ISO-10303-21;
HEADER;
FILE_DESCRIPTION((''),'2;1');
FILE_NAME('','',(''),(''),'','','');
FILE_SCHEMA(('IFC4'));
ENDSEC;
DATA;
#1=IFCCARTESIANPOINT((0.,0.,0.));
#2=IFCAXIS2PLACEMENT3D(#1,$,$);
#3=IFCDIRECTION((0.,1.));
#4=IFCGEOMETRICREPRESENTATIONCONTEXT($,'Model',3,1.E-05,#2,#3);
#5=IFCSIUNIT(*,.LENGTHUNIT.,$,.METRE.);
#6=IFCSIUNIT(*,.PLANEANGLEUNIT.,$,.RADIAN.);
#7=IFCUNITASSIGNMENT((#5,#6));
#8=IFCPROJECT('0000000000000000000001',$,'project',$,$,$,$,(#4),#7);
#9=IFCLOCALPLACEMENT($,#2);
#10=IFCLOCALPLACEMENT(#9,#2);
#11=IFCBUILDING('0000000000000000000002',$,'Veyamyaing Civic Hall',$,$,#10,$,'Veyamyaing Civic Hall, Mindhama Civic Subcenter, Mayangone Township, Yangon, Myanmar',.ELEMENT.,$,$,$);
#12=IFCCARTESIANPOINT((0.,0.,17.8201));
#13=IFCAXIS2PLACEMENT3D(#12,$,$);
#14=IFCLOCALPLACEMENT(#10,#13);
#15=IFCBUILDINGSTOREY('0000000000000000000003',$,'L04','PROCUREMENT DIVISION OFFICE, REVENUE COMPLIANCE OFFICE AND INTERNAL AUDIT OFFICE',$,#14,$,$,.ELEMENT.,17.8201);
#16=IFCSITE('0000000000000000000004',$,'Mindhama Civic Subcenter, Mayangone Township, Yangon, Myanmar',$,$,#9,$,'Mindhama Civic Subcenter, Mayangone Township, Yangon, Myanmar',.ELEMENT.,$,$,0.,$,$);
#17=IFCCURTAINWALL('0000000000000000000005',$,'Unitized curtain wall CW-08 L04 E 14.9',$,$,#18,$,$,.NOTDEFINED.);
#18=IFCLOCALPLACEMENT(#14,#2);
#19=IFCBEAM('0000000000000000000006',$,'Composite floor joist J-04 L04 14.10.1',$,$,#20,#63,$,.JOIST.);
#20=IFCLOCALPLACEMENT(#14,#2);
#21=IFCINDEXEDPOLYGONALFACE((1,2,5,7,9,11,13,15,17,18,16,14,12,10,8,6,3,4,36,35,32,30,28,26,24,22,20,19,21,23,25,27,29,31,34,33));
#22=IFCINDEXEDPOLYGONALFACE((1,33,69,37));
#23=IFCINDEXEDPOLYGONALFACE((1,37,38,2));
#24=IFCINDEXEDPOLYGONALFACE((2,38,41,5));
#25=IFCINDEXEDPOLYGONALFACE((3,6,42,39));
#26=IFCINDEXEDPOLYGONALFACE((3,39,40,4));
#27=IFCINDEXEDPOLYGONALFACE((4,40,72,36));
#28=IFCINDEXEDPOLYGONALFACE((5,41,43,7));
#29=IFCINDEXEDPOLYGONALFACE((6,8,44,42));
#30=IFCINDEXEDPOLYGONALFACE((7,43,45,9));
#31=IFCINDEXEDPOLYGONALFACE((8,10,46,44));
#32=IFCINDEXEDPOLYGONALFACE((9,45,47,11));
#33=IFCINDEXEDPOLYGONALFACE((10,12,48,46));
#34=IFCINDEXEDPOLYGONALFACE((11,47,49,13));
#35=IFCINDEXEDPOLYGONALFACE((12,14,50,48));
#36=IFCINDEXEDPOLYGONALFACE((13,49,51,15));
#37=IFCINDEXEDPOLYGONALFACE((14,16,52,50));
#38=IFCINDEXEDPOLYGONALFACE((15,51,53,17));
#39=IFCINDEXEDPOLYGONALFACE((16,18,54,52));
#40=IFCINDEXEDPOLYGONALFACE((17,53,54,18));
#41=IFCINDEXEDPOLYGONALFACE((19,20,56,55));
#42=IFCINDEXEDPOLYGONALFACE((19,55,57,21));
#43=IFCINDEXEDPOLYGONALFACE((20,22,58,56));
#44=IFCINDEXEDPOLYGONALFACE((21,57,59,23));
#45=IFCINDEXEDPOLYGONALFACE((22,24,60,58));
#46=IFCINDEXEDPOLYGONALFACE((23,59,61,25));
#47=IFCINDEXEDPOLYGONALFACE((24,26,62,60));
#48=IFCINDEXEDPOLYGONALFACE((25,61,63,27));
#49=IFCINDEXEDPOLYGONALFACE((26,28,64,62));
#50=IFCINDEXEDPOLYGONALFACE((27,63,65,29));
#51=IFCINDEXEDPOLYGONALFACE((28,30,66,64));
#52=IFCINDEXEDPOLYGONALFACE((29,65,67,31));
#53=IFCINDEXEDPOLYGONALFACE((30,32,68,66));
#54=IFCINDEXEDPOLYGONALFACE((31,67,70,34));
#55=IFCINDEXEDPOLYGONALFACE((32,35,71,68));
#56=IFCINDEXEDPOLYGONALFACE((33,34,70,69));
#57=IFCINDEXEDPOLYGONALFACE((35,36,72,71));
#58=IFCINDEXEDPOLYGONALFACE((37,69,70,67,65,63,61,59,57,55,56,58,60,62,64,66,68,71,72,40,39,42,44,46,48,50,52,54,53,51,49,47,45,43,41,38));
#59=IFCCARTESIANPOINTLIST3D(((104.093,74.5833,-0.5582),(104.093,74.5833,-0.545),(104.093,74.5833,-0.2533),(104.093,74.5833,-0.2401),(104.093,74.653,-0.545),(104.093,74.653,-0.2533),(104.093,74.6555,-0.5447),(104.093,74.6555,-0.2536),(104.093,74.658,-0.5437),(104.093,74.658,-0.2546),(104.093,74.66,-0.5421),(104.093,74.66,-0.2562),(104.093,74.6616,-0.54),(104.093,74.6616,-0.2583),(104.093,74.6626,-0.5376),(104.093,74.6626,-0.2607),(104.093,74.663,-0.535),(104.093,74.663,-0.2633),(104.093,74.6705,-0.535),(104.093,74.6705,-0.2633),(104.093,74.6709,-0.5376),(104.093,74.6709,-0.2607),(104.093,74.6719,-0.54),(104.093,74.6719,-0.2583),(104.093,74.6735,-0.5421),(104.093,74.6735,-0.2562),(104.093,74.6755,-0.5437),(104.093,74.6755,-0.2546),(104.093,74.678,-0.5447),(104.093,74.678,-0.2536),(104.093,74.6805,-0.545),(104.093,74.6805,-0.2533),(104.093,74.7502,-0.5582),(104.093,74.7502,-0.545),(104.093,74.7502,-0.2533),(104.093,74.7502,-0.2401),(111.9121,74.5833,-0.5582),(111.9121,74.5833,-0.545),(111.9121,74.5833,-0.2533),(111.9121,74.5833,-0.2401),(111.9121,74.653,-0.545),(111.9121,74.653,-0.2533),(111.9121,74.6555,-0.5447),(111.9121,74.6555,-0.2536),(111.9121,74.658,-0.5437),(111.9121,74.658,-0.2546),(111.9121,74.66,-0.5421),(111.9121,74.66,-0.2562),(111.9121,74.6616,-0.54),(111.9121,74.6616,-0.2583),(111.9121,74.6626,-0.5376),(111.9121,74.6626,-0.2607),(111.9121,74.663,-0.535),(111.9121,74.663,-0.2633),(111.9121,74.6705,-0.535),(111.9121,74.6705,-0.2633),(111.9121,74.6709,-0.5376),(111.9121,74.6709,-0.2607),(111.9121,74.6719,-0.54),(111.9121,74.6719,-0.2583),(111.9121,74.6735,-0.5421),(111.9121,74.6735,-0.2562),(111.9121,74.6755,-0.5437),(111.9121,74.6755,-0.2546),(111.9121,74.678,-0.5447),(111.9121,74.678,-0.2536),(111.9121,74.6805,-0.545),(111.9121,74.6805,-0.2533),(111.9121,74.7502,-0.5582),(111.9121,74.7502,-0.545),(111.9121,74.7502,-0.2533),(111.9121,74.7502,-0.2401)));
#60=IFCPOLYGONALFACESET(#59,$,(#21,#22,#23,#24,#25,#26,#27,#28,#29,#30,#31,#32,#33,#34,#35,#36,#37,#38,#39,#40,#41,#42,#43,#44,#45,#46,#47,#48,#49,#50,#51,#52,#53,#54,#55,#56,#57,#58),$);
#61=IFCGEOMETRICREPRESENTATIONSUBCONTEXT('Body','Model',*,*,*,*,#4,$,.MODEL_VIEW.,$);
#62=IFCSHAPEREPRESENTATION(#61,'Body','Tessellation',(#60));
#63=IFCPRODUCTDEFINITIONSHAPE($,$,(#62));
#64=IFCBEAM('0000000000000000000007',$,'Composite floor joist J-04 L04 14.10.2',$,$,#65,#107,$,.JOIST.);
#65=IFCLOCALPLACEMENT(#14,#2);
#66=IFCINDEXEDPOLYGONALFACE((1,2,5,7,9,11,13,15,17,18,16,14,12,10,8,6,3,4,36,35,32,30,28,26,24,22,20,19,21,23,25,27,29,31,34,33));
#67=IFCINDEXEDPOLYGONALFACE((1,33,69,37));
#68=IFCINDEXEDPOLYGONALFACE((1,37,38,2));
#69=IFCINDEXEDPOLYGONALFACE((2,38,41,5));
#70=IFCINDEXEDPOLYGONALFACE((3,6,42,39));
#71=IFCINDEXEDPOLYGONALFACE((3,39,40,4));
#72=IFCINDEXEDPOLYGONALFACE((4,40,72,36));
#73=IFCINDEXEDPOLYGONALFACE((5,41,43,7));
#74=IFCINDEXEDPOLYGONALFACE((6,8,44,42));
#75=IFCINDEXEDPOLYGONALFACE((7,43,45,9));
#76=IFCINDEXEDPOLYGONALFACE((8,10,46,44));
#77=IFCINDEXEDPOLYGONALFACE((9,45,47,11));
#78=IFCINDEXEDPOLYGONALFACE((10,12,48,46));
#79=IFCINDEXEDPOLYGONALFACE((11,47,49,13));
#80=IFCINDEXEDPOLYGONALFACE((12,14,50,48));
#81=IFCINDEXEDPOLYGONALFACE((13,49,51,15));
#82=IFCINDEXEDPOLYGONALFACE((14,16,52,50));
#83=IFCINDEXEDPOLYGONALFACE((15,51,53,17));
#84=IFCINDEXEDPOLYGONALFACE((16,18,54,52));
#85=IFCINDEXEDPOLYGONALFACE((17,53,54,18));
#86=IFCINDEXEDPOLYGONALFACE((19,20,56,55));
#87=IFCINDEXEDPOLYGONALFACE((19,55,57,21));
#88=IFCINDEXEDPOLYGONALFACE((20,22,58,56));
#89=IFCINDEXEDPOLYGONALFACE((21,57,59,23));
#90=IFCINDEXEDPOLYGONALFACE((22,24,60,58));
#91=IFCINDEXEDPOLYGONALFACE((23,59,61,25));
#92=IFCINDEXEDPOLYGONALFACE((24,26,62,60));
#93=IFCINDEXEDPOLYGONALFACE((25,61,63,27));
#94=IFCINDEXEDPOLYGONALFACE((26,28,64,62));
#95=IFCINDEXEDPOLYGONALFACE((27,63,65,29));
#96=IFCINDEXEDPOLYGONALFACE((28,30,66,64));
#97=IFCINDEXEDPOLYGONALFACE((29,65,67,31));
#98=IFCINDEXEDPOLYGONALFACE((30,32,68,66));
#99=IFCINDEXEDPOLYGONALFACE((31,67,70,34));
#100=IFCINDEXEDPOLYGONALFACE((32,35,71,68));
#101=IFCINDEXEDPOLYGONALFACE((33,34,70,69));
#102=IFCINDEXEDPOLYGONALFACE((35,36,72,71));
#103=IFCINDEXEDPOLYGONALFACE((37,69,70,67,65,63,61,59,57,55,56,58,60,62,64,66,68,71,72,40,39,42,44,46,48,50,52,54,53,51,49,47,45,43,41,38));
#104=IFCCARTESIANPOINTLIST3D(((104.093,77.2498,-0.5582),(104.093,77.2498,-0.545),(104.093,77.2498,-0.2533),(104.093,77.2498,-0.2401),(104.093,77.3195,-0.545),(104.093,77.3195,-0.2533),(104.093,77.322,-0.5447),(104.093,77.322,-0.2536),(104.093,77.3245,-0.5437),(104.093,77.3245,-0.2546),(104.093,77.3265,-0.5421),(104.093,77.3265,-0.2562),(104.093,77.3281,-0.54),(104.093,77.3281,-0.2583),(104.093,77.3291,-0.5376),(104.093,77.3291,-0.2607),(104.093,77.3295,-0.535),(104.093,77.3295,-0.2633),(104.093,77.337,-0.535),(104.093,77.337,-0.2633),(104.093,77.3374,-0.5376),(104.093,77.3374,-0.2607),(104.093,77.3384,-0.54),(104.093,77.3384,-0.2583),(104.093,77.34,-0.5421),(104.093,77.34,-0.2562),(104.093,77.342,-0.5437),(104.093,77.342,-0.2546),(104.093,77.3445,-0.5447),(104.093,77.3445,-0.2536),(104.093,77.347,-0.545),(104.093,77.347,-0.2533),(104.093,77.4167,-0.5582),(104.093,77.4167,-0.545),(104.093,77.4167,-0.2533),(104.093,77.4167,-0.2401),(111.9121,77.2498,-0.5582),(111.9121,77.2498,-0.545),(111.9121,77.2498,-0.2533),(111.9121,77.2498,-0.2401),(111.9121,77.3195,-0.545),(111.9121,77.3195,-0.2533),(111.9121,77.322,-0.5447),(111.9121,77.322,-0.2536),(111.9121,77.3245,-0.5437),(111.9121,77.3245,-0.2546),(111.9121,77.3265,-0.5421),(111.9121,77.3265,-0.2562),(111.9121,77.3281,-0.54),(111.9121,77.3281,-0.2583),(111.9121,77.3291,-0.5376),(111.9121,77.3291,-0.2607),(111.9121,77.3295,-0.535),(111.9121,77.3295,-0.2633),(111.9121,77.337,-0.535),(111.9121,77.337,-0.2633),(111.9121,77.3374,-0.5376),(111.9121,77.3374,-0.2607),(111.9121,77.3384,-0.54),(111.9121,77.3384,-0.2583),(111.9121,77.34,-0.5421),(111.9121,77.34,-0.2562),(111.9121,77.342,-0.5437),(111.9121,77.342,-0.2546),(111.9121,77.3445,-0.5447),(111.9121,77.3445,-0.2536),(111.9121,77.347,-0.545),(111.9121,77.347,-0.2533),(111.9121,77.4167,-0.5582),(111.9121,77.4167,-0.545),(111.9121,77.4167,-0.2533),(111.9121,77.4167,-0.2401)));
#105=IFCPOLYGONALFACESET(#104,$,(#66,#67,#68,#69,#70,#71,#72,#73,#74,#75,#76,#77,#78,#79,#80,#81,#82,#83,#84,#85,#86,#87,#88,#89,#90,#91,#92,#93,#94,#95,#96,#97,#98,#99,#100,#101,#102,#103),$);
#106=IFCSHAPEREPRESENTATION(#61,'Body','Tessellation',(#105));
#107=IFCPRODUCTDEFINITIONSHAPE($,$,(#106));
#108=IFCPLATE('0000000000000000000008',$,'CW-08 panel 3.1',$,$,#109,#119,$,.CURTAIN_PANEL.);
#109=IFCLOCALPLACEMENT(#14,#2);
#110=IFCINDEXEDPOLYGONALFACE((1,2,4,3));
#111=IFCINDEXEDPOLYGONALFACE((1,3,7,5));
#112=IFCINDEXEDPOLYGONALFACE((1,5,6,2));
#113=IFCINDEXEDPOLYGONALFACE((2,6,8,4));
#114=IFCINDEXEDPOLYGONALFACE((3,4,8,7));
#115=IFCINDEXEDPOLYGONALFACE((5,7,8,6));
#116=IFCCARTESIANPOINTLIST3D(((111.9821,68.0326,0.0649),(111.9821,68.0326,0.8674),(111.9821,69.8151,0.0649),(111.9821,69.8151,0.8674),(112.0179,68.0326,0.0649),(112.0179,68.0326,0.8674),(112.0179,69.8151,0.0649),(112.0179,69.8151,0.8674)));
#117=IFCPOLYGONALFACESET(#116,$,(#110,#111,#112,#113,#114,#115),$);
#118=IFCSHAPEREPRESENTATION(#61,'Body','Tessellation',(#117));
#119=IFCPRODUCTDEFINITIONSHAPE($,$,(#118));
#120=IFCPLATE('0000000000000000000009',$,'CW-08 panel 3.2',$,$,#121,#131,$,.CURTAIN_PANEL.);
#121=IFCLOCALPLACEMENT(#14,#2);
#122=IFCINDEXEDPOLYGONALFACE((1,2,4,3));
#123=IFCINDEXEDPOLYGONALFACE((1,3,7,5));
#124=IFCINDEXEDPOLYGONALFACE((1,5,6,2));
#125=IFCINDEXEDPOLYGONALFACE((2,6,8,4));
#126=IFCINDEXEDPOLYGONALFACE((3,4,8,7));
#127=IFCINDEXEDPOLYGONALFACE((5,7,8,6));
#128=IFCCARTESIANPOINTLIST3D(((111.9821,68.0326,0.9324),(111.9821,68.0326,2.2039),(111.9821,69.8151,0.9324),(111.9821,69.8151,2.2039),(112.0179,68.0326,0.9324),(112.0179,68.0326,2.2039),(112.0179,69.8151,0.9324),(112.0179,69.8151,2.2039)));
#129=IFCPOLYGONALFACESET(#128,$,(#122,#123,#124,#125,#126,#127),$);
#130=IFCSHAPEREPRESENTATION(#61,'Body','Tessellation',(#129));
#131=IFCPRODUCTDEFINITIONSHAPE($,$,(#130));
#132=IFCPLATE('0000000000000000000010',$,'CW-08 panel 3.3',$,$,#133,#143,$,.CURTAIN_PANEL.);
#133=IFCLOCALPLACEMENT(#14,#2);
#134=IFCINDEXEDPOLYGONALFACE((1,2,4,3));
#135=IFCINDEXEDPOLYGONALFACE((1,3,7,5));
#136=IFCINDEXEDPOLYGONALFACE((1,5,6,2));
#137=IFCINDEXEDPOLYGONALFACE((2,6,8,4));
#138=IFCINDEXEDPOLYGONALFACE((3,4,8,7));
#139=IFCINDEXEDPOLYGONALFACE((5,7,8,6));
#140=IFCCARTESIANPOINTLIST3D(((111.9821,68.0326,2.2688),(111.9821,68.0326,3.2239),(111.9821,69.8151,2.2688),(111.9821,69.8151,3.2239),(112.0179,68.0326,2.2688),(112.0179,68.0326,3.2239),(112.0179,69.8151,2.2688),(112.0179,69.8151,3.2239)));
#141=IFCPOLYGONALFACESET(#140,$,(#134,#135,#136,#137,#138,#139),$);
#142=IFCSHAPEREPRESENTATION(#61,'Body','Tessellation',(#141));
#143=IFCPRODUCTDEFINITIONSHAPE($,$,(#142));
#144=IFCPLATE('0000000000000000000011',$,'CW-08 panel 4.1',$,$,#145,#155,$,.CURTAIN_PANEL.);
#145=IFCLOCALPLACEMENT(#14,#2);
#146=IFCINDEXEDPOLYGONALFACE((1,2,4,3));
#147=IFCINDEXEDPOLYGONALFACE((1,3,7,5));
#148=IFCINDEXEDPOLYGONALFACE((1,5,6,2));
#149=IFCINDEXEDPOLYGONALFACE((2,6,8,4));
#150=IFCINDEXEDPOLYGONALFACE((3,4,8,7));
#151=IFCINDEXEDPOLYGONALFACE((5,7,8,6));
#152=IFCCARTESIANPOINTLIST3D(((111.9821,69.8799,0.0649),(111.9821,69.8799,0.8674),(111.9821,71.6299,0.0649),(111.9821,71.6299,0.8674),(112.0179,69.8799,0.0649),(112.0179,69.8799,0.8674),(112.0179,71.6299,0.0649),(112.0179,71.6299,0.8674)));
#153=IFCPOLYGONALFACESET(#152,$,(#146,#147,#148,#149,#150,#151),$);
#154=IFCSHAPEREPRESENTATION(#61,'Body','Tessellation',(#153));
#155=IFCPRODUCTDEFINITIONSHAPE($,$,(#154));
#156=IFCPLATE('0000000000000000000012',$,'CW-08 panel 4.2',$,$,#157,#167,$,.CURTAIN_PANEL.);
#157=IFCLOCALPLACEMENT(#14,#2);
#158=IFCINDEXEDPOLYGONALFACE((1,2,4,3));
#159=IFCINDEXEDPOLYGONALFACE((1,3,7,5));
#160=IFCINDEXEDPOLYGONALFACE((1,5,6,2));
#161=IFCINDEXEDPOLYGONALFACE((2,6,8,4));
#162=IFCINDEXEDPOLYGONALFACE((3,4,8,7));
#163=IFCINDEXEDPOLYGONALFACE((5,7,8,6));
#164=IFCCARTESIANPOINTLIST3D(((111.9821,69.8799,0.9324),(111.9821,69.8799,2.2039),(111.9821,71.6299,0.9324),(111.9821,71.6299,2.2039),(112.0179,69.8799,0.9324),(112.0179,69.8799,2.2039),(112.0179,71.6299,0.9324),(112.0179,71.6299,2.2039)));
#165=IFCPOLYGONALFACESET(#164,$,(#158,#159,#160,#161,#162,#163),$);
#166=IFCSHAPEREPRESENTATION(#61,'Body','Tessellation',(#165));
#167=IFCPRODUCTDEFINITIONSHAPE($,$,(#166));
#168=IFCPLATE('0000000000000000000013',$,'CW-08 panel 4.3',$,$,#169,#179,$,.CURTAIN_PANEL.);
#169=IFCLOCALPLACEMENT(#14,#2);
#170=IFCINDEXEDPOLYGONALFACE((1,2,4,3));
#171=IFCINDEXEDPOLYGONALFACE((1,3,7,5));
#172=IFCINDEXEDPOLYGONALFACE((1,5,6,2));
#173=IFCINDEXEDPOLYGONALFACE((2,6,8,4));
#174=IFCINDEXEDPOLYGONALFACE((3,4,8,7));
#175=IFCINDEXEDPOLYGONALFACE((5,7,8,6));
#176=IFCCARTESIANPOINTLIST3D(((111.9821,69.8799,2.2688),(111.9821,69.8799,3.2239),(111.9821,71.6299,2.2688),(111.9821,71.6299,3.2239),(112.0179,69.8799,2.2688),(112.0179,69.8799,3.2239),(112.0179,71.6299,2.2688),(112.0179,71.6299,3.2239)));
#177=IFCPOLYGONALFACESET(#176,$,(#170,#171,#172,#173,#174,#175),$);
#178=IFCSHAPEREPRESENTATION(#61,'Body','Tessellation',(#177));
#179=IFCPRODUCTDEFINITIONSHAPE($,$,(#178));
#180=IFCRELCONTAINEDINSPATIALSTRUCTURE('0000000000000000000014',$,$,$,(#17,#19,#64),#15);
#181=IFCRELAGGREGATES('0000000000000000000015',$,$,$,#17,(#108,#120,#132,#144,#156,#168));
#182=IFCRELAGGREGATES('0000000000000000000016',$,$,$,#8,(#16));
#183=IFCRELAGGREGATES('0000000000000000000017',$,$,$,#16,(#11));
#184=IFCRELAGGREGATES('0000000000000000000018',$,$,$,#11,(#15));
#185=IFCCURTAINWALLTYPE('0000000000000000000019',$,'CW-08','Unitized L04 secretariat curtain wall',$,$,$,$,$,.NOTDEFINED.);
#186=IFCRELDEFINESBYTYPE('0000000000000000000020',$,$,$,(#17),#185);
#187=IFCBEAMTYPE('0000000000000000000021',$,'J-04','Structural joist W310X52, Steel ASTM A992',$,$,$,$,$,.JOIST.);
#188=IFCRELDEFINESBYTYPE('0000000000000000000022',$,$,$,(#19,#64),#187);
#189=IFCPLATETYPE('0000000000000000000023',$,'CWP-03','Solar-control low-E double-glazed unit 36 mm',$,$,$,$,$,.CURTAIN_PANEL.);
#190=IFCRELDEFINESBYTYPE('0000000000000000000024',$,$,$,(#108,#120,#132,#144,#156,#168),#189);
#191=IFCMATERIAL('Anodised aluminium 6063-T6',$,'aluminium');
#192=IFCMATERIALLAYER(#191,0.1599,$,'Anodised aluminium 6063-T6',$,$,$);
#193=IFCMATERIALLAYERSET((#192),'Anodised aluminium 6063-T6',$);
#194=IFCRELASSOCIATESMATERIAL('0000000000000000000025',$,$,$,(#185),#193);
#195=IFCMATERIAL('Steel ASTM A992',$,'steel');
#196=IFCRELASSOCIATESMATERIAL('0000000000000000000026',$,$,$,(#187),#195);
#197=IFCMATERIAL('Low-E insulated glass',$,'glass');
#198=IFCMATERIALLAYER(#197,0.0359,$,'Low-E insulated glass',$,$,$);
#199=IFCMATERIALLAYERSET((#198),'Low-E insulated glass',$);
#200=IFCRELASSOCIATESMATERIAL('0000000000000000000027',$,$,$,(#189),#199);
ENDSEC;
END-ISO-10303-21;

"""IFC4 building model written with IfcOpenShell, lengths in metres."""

from ifc_helpers import new_model, si_unit, direction, frame, origin, origin_2d, place, context, subcontext, project, spatial, rectangle, i_section, extrude, material, layer, layer_set, material_profile, profile_set, type_object, element, aggregate, save


model = new_model("IFC4")

# Units and contexts
model_context = context("Model", 3, precision=1e-05, world=origin(), true_north=direction((0.0, 1.0)))
body_context = subcontext(model_context, "Body", "Model", "MODEL_VIEW")
ifc_project = project(units=[si_unit("LENGTHUNIT", "METRE"), si_unit("PLANEANGLEUNIT", "RADIAN")], contexts=[model_context])

# Site, building, storey
site_placement = place(None, origin())
site = spatial("IfcSite", under=ifc_project, at=site_placement, Name="Mindhama Civic Subcenter, Mayangone Township, Yangon, Myanmar", LongName="Mindhama Civic Subcenter, Mayangone Township, Yangon, Myanmar", CompositionType="ELEMENT", RefElevation=0.0)
building_placement = place(site_placement, origin())
building = spatial("IfcBuilding", under=site, at=building_placement, Name="Veyamyaing Civic Hall", LongName="Veyamyaing Civic Hall, Mindhama Civic Subcenter, Mayangone Township, Yangon, Myanmar", CompositionType="ELEMENT")
storey_placement = place(building_placement, frame((0.0, 0.0, 17.8201)))
storey = spatial("IfcBuildingStorey", under=building, at=storey_placement, Name="L04", Description="PROCUREMENT DIVISION OFFICE, REVENUE COMPLIANCE OFFICE AND INTERNAL AUDIT OFFICE", CompositionType="ELEMENT", Elevation=17.8201)

# Shared definitions
ifc_material_1 = material(Name="Steel ASTM A992", Category="steel")

# Curtain wall
ifc_material_2 = material(Name="Anodised aluminium 6063-T6", Category="aluminium")
ifc_layer_1 = layer(ifc_material_2, 0.1599, Name="Anodised aluminium 6063-T6")
ifc_layer_set_1 = layer_set([ifc_layer_1], Name="Anodised aluminium 6063-T6")
curtain_wall_type = type_object("IfcCurtainWallType", Name="CW-08", Description="Unitized L04 secretariat curtain wall", PredefinedType="NOTDEFINED", material=ifc_layer_set_1)
curtain_wall_placement = place(storey_placement, origin())
curtain_wall = element("IfcCurtainWall", 1, at=curtain_wall_placement, inside=storey, type_object=curtain_wall_type, Name="Unitized curtain wall CW-08 L04 E 14.9", PredefinedType="NOTDEFINED")

# Beams
ifc_material_profile_1 = material_profile(ifc_material_1, i_section(OverallWidth=0.167, OverallDepth=0.3181, WebThickness=0.0076, FlangeThickness=0.0132, FilletRadius=0.01, at=origin_2d()), Name="W310X52")
ifc_profile_set_1 = profile_set([ifc_material_profile_1], Name="Steel ASTM A992")
beam_type_1 = type_object("IfcBeamType", Name="J-04", Description="Structural joist W310X52, Steel ASTM A992", PredefinedType="JOIST", material=ifc_profile_set_1)
for number, where, z_axis, x_axis, name in (
    (2, (104.093, 74.6667, -0.3992), (1.0, 0.0, 0.0), (0.0, 1.0, 0.0), "Composite floor joist J-04 L04 14.10.1"),
    (3, (104.093, 77.3333, -0.3992), (1.0, 0.0, 0.0), (0.0, 1.0, 0.0), "Composite floor joist J-04 L04 14.10.2"),
):
    element("IfcBeam", number, at=place(storey_placement, frame(where, z_axis=z_axis, x_axis=x_axis)), inside=storey, type_object=beam_type_1, Name=name, PredefinedType="JOIST", context=body_context, shape_type="SweptSolid", body=[
        extrude(i_section(OverallWidth=0.167, OverallDepth=0.3181, WebThickness=0.0076, FlangeThickness=0.0132, FilletRadius=0.01, at=origin_2d()), origin(), (0.0, 0.0, 1.0), 7.8191),
    ])

# Plates
ifc_material_3 = material(Name="Low-E insulated glass", Category="glass")
ifc_layer_2 = layer(ifc_material_3, 0.0359, Name="Low-E insulated glass")
ifc_layer_set_2 = layer_set([ifc_layer_2], Name="Low-E insulated glass")
plate_type = type_object("IfcPlateType", Name="CWP-03", Description="Solar-control low-E double-glazed unit 36 mm", PredefinedType="CURTAIN_PANEL", material=ifc_layer_set_2)
plate_1_placement = place(storey_placement, frame((112.0, 68.9238, 0.0649), z_axis=(0.0, 0.0, 1.0), x_axis=(0.0, 1.0, 0.0)))
plate_1 = element("IfcPlate", 4, at=plate_1_placement, type_object=plate_type, Name="CW-08 panel 3.1", PredefinedType="CURTAIN_PANEL", context=body_context, shape_type="SweptSolid", body=[
    extrude(rectangle(XDim=1.7825, YDim=0.0359, at=origin_2d()), origin(), (0.0, 0.0, 1.0), 0.8025),
])
plate_2_placement = place(storey_placement, frame((112.0, 68.9238, 0.9324), z_axis=(0.0, 0.0, 1.0), x_axis=(0.0, 1.0, 0.0)))
plate_2 = element("IfcPlate", 5, at=plate_2_placement, type_object=plate_type, Name="CW-08 panel 3.2", PredefinedType="CURTAIN_PANEL", context=body_context, shape_type="SweptSolid", body=[
    extrude(rectangle(XDim=1.7825, YDim=0.0359, at=origin_2d()), origin(), (0.0, 0.0, 1.0), 1.2715),
])
plate_3_placement = place(storey_placement, frame((112.0, 68.9238, 2.2688), z_axis=(0.0, 0.0, 1.0), x_axis=(0.0, 1.0, 0.0)))
plate_3 = element("IfcPlate", 6, at=plate_3_placement, type_object=plate_type, Name="CW-08 panel 3.3", PredefinedType="CURTAIN_PANEL", context=body_context, shape_type="SweptSolid", body=[
    extrude(rectangle(XDim=1.7825, YDim=0.0359, at=origin_2d()), origin(), (0.0, 0.0, 1.0), 0.9551),
])
plate_4_placement = place(storey_placement, frame((112.0, 70.7549, 0.0649), z_axis=(0.0, 0.0, 1.0), x_axis=(0.0, 1.0, 0.0)))
plate_4 = element("IfcPlate", 7, at=plate_4_placement, type_object=plate_type, Name="CW-08 panel 4.1", PredefinedType="CURTAIN_PANEL", context=body_context, shape_type="SweptSolid", body=[
    extrude(rectangle(XDim=1.75, YDim=0.0359, at=origin_2d()), origin(), (0.0, 0.0, 1.0), 0.8025),
])
plate_5_placement = place(storey_placement, frame((112.0, 70.7549, 0.9324), z_axis=(0.0, 0.0, 1.0), x_axis=(0.0, 1.0, 0.0)))
plate_5 = element("IfcPlate", 8, at=plate_5_placement, type_object=plate_type, Name="CW-08 panel 4.2", PredefinedType="CURTAIN_PANEL", context=body_context, shape_type="SweptSolid", body=[
    extrude(rectangle(XDim=1.75, YDim=0.0359, at=origin_2d()), origin(), (0.0, 0.0, 1.0), 1.2715),
])
plate_6_placement = place(storey_placement, frame((112.0, 70.7549, 2.2688), z_axis=(0.0, 0.0, 1.0), x_axis=(0.0, 1.0, 0.0)))
plate_6 = element("IfcPlate", 9, at=plate_6_placement, type_object=plate_type, Name="CW-08 panel 4.3", PredefinedType="CURTAIN_PANEL", context=body_context, shape_type="SweptSolid", body=[
    extrude(rectangle(XDim=1.75, YDim=0.0359, at=origin_2d()), origin(), (0.0, 0.0, 1.0), 0.9551),
])
aggregate(curtain_wall, [plate_1, plate_2, plate_3, plate_4, plate_5, plate_6])

save(model, "model.ifc")
